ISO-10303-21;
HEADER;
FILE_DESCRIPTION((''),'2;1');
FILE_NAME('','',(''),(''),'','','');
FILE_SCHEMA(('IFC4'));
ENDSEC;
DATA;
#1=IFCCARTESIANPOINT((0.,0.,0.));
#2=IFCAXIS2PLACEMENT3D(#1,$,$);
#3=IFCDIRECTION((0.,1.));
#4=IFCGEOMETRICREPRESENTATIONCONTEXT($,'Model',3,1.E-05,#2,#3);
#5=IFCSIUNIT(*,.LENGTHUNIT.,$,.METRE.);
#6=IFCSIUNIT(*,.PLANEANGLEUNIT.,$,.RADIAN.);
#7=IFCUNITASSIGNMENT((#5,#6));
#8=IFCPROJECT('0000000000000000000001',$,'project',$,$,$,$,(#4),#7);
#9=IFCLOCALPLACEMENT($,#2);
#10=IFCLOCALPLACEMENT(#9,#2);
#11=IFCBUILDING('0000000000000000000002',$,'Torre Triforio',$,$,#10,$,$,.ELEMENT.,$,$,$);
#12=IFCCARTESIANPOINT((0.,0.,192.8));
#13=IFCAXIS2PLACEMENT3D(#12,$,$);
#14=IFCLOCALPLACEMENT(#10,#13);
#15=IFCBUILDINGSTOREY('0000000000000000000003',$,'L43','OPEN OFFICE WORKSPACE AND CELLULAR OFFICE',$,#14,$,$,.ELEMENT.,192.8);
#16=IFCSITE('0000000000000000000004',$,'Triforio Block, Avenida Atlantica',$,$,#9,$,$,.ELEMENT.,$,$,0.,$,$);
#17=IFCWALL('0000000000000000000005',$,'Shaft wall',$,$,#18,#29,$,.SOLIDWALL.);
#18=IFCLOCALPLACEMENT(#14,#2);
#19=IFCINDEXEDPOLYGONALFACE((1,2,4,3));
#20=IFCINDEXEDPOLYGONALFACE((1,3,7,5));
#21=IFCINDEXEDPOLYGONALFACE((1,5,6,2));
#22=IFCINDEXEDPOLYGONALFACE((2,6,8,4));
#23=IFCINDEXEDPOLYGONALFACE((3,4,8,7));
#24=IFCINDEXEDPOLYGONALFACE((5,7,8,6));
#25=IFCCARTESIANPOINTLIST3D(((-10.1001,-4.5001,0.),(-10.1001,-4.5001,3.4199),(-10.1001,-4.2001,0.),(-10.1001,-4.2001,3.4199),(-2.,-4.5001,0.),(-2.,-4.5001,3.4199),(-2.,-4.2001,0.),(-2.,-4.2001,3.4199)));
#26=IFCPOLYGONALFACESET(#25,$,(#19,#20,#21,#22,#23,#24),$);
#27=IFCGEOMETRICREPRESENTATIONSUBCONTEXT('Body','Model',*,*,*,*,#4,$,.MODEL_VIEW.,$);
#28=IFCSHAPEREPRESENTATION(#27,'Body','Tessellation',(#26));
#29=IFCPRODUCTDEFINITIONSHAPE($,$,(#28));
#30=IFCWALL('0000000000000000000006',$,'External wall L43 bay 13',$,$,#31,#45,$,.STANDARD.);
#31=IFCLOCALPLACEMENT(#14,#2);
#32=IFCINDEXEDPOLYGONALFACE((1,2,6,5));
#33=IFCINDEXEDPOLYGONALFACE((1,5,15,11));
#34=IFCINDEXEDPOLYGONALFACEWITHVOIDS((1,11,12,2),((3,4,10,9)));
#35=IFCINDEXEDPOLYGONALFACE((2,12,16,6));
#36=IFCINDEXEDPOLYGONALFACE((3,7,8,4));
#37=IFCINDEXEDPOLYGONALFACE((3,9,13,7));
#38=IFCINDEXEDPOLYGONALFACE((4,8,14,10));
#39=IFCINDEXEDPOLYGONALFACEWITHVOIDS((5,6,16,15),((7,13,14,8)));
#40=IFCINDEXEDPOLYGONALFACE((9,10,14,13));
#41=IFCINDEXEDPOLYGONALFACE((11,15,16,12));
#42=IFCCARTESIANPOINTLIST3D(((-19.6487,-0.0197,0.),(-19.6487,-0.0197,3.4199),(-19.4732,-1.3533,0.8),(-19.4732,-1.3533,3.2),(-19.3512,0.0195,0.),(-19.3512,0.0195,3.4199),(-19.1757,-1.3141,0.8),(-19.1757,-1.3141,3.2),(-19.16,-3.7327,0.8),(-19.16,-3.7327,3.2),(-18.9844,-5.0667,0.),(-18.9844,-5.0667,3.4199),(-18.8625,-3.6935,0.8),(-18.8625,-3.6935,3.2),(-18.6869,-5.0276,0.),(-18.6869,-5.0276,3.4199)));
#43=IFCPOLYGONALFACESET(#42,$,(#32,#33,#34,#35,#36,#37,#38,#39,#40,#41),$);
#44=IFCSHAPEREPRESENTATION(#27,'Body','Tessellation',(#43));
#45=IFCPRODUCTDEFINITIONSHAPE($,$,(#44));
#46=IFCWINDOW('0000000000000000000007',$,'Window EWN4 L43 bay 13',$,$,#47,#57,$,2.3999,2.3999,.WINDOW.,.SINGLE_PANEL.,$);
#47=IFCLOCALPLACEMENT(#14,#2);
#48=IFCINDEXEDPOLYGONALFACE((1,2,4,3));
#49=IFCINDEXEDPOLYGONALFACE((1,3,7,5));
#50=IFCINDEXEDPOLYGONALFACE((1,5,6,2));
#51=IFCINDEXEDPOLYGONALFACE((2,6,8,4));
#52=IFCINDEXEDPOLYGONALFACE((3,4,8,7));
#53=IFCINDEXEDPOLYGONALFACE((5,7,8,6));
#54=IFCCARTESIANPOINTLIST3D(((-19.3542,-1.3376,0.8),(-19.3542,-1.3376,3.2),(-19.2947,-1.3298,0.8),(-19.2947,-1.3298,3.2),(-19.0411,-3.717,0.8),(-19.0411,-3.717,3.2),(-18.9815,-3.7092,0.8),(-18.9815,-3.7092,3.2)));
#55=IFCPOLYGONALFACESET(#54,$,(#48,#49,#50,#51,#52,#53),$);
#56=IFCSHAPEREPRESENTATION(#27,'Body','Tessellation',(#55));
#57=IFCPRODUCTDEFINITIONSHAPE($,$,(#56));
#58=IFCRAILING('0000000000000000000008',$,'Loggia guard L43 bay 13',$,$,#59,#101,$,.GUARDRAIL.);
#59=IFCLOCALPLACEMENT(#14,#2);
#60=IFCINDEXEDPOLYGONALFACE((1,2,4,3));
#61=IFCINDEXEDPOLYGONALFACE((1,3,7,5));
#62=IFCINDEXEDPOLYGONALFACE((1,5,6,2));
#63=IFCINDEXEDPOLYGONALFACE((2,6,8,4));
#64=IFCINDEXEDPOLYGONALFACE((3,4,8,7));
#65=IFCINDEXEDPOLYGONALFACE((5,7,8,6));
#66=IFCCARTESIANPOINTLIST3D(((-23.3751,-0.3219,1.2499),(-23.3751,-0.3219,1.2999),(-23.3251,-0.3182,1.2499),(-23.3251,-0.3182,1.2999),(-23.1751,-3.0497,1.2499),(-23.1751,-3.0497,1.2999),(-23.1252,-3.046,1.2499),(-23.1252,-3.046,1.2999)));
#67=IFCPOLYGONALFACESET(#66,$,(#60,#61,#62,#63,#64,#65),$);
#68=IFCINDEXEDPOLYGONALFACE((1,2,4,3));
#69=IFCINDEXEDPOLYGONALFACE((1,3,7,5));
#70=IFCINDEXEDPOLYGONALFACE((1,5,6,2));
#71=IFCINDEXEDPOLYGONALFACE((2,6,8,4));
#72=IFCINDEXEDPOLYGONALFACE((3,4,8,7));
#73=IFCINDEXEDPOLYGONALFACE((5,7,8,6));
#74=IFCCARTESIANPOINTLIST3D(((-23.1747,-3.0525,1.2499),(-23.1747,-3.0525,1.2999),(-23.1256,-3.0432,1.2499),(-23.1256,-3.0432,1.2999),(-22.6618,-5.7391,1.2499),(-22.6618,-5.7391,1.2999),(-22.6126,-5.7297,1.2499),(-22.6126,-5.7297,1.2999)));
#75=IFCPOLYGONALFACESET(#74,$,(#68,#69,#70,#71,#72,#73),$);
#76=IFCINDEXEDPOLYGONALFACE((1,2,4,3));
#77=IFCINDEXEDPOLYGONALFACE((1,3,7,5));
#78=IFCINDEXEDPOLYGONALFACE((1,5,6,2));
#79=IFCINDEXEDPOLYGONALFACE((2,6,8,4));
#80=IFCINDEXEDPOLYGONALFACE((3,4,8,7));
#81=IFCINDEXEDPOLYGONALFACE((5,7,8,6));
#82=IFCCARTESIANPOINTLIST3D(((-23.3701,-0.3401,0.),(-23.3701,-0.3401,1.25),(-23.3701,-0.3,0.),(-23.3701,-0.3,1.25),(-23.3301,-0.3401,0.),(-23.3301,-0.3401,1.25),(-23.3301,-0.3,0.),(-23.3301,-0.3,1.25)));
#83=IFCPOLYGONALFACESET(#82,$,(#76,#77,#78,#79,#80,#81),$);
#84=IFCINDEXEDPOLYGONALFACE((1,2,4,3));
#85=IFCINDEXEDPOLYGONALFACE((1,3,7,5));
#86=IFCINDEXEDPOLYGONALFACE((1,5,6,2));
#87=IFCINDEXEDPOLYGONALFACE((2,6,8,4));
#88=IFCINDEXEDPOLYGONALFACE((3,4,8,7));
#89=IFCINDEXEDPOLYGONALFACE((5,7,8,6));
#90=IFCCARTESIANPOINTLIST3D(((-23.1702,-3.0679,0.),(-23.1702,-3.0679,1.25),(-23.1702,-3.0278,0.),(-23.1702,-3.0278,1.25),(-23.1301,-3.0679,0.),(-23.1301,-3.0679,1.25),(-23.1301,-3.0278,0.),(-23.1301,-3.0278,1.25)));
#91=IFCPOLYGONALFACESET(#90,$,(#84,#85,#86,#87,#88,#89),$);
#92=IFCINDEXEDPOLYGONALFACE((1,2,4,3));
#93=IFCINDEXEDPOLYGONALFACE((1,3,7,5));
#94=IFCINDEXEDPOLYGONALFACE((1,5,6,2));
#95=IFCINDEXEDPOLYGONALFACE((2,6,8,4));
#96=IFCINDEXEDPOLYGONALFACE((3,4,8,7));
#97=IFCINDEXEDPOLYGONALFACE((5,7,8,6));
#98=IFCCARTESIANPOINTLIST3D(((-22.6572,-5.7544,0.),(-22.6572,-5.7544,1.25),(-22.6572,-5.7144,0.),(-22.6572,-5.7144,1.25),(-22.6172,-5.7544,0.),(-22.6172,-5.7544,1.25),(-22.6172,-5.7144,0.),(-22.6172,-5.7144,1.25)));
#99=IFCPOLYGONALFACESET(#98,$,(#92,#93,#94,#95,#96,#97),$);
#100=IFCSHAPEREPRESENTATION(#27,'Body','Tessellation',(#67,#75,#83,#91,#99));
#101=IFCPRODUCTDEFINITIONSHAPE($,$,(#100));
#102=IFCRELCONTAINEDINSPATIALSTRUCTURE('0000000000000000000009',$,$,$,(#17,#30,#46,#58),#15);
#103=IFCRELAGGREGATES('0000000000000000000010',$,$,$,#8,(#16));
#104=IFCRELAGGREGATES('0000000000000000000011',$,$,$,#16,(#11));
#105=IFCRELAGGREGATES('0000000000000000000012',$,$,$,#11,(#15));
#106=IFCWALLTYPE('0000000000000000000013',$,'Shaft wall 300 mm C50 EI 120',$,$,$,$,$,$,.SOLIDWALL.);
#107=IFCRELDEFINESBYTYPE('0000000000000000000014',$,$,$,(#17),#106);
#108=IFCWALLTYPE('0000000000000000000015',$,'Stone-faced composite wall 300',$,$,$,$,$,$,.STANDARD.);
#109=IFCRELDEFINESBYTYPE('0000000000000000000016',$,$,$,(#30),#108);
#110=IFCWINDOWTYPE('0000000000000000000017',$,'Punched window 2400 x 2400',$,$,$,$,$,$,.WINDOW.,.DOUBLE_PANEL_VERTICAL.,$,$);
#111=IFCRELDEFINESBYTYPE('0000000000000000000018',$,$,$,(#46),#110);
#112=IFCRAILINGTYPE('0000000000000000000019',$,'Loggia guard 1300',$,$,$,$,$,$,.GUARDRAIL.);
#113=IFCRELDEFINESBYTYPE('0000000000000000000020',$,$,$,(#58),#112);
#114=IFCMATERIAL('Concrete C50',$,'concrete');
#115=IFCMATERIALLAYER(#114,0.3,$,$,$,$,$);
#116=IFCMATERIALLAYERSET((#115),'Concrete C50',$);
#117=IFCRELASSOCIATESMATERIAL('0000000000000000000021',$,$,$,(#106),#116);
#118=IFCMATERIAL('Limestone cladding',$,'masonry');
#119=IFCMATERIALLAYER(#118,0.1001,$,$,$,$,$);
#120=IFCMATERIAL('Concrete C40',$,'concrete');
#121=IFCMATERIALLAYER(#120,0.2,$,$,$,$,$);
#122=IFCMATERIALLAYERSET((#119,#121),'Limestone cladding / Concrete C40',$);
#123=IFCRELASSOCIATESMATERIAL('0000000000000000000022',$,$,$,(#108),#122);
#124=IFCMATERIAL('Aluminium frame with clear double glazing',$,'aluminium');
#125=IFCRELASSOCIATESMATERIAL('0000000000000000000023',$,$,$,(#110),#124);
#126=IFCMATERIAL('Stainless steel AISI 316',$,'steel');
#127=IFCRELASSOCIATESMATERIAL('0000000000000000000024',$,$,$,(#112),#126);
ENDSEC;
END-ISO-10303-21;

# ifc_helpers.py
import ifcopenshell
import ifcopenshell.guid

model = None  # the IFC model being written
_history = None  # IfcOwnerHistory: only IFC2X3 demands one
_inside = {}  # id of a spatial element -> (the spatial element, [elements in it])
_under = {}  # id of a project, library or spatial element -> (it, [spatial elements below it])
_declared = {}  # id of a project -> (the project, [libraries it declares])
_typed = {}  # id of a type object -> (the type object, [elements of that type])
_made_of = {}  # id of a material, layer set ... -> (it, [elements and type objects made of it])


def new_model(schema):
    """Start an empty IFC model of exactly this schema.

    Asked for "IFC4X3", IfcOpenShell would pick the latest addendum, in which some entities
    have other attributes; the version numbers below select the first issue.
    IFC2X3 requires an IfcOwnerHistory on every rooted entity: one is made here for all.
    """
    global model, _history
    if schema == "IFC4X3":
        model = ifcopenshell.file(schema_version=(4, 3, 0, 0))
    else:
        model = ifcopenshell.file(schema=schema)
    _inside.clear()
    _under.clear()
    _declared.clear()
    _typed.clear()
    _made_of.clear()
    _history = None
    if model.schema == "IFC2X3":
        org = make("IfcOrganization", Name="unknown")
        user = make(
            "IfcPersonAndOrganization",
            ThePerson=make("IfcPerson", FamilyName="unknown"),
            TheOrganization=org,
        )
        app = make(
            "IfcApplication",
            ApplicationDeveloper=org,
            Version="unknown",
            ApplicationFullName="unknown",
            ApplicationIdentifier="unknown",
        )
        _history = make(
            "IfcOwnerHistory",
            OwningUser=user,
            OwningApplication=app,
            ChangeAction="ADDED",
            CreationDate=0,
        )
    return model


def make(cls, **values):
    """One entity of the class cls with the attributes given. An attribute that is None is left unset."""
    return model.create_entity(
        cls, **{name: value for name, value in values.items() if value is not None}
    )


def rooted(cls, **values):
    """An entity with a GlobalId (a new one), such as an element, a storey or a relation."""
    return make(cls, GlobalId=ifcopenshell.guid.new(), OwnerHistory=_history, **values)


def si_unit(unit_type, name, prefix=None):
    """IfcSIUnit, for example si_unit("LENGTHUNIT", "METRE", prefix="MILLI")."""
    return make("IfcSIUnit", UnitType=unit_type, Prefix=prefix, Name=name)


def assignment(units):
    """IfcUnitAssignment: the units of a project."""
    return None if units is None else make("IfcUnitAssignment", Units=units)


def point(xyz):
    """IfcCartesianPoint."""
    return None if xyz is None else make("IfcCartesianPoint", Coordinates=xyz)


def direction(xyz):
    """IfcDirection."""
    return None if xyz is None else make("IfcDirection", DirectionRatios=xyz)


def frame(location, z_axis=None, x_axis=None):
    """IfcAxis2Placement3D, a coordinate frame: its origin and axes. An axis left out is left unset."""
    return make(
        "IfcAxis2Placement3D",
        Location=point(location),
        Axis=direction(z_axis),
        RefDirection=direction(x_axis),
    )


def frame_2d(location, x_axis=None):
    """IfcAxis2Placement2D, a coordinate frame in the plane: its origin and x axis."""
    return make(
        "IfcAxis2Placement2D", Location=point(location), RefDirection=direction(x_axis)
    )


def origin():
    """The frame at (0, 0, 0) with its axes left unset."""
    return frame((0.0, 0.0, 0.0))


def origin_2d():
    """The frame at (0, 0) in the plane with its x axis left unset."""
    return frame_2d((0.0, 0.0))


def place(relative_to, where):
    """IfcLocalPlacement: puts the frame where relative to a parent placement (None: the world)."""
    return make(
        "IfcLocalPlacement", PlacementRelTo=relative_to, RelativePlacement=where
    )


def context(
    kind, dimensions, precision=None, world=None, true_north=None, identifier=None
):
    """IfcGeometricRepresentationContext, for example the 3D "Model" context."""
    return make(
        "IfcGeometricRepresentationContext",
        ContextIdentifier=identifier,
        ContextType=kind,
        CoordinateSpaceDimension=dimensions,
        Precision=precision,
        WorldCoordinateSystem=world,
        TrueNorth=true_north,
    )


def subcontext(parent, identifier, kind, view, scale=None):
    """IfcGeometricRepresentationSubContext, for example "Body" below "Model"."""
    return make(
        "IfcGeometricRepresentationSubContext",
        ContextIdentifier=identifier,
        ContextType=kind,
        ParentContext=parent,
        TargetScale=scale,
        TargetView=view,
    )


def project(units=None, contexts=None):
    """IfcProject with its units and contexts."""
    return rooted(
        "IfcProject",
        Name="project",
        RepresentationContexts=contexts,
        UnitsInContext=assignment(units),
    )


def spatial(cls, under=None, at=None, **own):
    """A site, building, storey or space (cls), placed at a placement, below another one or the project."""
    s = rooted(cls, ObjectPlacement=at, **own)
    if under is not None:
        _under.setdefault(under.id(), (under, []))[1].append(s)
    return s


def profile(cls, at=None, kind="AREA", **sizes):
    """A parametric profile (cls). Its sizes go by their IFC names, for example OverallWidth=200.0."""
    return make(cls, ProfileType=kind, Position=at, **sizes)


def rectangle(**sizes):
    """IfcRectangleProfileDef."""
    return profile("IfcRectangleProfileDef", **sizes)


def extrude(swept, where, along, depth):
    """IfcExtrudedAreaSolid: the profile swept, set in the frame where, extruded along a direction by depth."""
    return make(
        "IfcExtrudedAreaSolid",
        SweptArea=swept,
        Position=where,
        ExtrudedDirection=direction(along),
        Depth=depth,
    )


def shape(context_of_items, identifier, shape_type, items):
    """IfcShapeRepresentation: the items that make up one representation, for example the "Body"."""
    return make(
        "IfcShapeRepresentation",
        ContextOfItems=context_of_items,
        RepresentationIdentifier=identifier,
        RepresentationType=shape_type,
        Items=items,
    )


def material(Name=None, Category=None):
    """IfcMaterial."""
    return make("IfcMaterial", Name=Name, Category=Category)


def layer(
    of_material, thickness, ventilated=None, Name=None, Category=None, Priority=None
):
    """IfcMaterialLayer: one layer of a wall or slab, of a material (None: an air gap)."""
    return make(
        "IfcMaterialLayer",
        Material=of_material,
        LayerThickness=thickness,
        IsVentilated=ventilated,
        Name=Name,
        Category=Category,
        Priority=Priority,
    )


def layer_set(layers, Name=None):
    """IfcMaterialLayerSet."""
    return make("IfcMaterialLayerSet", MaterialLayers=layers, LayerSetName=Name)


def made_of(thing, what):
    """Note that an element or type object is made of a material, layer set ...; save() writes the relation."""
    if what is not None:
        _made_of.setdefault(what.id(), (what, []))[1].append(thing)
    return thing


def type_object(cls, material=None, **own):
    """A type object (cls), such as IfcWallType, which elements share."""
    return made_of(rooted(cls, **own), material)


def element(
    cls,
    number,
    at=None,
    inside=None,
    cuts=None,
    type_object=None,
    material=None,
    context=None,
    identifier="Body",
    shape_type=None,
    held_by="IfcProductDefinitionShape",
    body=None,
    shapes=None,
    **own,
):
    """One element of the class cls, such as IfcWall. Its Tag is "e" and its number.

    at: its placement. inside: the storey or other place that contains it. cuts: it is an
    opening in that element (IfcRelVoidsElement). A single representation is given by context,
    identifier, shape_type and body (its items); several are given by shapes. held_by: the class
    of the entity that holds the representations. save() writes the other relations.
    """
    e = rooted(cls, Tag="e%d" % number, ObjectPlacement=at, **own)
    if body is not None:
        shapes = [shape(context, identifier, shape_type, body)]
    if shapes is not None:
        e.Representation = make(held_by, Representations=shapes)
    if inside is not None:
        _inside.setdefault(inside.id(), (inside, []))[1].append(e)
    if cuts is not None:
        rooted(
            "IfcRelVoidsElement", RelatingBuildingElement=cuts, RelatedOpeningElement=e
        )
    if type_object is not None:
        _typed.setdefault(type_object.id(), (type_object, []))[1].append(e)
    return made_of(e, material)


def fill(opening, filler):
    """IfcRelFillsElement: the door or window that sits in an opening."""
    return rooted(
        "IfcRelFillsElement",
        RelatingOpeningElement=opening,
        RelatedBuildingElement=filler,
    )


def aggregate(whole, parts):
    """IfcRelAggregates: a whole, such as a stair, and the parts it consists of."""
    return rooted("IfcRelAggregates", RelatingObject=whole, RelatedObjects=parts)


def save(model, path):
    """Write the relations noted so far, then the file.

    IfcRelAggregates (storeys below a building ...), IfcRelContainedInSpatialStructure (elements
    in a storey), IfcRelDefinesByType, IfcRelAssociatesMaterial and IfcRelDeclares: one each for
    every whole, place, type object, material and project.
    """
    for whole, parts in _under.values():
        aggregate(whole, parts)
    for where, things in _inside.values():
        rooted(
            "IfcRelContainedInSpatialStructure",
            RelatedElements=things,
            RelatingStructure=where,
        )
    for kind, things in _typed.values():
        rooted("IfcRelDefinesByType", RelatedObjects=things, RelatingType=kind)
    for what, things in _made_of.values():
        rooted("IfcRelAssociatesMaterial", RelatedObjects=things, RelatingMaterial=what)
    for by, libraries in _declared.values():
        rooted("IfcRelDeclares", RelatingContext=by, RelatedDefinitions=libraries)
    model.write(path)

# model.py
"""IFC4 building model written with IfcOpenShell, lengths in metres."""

from ifc_helpers import new_model, si_unit, direction, frame, frame_2d, origin, origin_2d, place, context, subcontext, project, spatial, rectangle, extrude, material, layer, layer_set, type_object, element, fill, save


model = new_model("IFC4")

# Units and contexts
model_context = context("Model", 3, precision=1e-05, world=origin(), true_north=direction((0.0, 1.0)))
body_context = subcontext(model_context, "Body", "Model", "MODEL_VIEW")
ifc_project = project(units=[si_unit("LENGTHUNIT", "METRE"), si_unit("PLANEANGLEUNIT", "RADIAN")], contexts=[model_context])

# Site, building, storey
site_placement = place(None, origin())
site = spatial("IfcSite", under=ifc_project, at=site_placement, Name="Triforio Block, Avenida Atlantica", CompositionType="ELEMENT", RefElevation=0.0)
building_placement = place(site_placement, origin())
building = spatial("IfcBuilding", under=site, at=building_placement, Name="Torre Triforio", CompositionType="ELEMENT")
storey_placement = place(building_placement, frame((0.0, 0.0, 192.8)))
storey = spatial("IfcBuildingStorey", under=building, at=storey_placement, Name="L43", Description="OPEN OFFICE WORKSPACE AND CELLULAR OFFICE", CompositionType="ELEMENT", Elevation=192.8)

# Shared definitions
ifc_material_1 = material(Name="Concrete C50", Category="concrete")

# Shared definitions
ifc_material_2 = material(Name="Concrete C40", Category="concrete")

# Wall
ifc_material_3 = material(Name="Limestone cladding", Category="masonry")
ifc_layer_1 = layer(ifc_material_1, 0.3)
ifc_layer_set_1 = layer_set([ifc_layer_1], Name="Concrete C50")
wall_type_1 = type_object("IfcWallType", Name="Shaft wall 300 mm C50 EI 120", PredefinedType="SOLIDWALL", material=ifc_layer_set_1)
wall_1_placement = place(storey_placement, frame((-10.1001, -4.3501, 0.0), z_axis=(0.0, 0.0, 1.0), x_axis=(1.0, 0.0, 0.0)))
element("IfcWall", 1, at=wall_1_placement, inside=storey, type_object=wall_type_1, Name="Shaft wall", PredefinedType="SOLIDWALL", context=body_context, shape_type="SweptSolid", body=[
    extrude(rectangle(XDim=8.1001, YDim=0.3, at=frame_2d((4.05, 0.0))), origin(), (0.0, 0.0, 1.0), 3.4199),
])

# Wall, opening, window
ifc_layer_2 = layer(ifc_material_3, 0.1001)
ifc_layer_3 = layer(ifc_material_2, 0.2)
ifc_layer_set_2 = layer_set([ifc_layer_2, ifc_layer_3], Name="Limestone cladding / Concrete C40")
wall_type_2 = type_object("IfcWallType", Name="Stone-faced composite wall 300", PredefinedType="STANDARD", material=ifc_layer_set_2)
wall_2_placement = place(storey_placement, frame((-19.5, 0.0, 0.0), z_axis=(0.0, 0.0, 1.0), x_axis=(0.130495, -0.991449, 0.0)))
wall_2 = element("IfcWall", 2, at=wall_2_placement, inside=storey, type_object=wall_type_2, Name="External wall L43 bay 13", PredefinedType="STANDARD", context=body_context, shape_type="SweptSolid", body=[
    extrude(rectangle(XDim=5.0906, YDim=0.3, at=frame_2d((2.5454, 0.0))), origin(), (0.0, 0.0, 1.0), 3.4199),
])
opening_1_placement = place(wall_2_placement, frame((1.3452, 0.0, 0.8)))
opening_1 = element("IfcOpeningElement", 3, at=opening_1_placement, cuts=wall_2, PredefinedType="OPENING", context=body_context, shape_type="SweptSolid", body=[
    extrude(rectangle(XDim=2.3999, YDim=2.3999, at=frame_2d((1.2, 1.2))), frame((0.0, 0.1599, 0.0), z_axis=(0.0, -1.0, 0.0), x_axis=(1.0, 0.0, 0.0)), (0.0, 0.0, 1.0), 0.3201),
])
ifc_material_4 = material(Name="Aluminium frame with clear double glazing", Category="aluminium")
window_type_1 = type_object("IfcWindowType", Name="Punched window 2400 x 2400", PartitioningType="DOUBLE_PANEL_VERTICAL", PredefinedType="WINDOW", material=ifc_material_4)
window_1_placement = place(opening_1_placement, origin())
window_1 = element("IfcWindow", 4, at=window_1_placement, inside=storey, type_object=window_type_1, Name="Window EWN4 L43 bay 13", OverallHeight=2.3999, OverallWidth=2.3999, PartitioningType="SINGLE_PANEL", PredefinedType="WINDOW", context=body_context, shape_type="SweptSolid", body=[
    extrude(rectangle(XDim=2.3999, YDim=2.3999, at=frame_2d((1.2, 1.2))), frame((0.0, 0.03, 0.0), z_axis=(0.0, -1.0, 0.0), x_axis=(1.0, 0.0, 0.0)), (0.0, 0.0, 1.0), 0.0601),
])
fill(opening_1, window_1)

# Railing
ifc_material_5 = material(Name="Stainless steel AISI 316", Category="steel")
railing_type = type_object("IfcRailingType", Name="Loggia guard 1300", PredefinedType="GUARDRAIL", material=ifc_material_5)
railing_placement = place(storey_placement, frame((-23.3501, -0.3201, 0.0)))
element("IfcRailing", 5, at=railing_placement, inside=storey, type_object=railing_type, Name="Loggia guard L43 bay 13", PredefinedType="GUARDRAIL", context=body_context, shape_type="SweptSolid", body=[
    extrude(rectangle(XDim=0.05, YDim=0.05, at=origin_2d()), frame((0.0, 0.0, 1.2749), z_axis=(0.073106, -0.997324, 0.0), x_axis=(0.997324, 0.073106, 0.0)), (0.0, 0.0, 1.0), 2.7351),
    extrude(rectangle(XDim=0.05, YDim=0.05, at=origin_2d()), frame((0.2, -2.7278, 1.2749), z_axis=(0.187543, -0.982256, 0.0), x_axis=(0.982256, 0.187543, 0.0)), (0.0, 0.0, 1.0), 2.7351),
    extrude(rectangle(XDim=0.04, YDim=0.04, at=origin_2d()), origin(), (0.0, 0.0, 1.0), 1.25),
    extrude(rectangle(XDim=0.04, YDim=0.04, at=origin_2d()), frame((0.2, -2.7278, 0.0)), (0.0, 0.0, 1.0), 1.25),
    extrude(rectangle(XDim=0.04, YDim=0.04, at=origin_2d()), frame((0.7129, -5.4143, 0.0)), (0.0, 0.0, 1.0), 1.25),
])

save(model, "model.ifc")
